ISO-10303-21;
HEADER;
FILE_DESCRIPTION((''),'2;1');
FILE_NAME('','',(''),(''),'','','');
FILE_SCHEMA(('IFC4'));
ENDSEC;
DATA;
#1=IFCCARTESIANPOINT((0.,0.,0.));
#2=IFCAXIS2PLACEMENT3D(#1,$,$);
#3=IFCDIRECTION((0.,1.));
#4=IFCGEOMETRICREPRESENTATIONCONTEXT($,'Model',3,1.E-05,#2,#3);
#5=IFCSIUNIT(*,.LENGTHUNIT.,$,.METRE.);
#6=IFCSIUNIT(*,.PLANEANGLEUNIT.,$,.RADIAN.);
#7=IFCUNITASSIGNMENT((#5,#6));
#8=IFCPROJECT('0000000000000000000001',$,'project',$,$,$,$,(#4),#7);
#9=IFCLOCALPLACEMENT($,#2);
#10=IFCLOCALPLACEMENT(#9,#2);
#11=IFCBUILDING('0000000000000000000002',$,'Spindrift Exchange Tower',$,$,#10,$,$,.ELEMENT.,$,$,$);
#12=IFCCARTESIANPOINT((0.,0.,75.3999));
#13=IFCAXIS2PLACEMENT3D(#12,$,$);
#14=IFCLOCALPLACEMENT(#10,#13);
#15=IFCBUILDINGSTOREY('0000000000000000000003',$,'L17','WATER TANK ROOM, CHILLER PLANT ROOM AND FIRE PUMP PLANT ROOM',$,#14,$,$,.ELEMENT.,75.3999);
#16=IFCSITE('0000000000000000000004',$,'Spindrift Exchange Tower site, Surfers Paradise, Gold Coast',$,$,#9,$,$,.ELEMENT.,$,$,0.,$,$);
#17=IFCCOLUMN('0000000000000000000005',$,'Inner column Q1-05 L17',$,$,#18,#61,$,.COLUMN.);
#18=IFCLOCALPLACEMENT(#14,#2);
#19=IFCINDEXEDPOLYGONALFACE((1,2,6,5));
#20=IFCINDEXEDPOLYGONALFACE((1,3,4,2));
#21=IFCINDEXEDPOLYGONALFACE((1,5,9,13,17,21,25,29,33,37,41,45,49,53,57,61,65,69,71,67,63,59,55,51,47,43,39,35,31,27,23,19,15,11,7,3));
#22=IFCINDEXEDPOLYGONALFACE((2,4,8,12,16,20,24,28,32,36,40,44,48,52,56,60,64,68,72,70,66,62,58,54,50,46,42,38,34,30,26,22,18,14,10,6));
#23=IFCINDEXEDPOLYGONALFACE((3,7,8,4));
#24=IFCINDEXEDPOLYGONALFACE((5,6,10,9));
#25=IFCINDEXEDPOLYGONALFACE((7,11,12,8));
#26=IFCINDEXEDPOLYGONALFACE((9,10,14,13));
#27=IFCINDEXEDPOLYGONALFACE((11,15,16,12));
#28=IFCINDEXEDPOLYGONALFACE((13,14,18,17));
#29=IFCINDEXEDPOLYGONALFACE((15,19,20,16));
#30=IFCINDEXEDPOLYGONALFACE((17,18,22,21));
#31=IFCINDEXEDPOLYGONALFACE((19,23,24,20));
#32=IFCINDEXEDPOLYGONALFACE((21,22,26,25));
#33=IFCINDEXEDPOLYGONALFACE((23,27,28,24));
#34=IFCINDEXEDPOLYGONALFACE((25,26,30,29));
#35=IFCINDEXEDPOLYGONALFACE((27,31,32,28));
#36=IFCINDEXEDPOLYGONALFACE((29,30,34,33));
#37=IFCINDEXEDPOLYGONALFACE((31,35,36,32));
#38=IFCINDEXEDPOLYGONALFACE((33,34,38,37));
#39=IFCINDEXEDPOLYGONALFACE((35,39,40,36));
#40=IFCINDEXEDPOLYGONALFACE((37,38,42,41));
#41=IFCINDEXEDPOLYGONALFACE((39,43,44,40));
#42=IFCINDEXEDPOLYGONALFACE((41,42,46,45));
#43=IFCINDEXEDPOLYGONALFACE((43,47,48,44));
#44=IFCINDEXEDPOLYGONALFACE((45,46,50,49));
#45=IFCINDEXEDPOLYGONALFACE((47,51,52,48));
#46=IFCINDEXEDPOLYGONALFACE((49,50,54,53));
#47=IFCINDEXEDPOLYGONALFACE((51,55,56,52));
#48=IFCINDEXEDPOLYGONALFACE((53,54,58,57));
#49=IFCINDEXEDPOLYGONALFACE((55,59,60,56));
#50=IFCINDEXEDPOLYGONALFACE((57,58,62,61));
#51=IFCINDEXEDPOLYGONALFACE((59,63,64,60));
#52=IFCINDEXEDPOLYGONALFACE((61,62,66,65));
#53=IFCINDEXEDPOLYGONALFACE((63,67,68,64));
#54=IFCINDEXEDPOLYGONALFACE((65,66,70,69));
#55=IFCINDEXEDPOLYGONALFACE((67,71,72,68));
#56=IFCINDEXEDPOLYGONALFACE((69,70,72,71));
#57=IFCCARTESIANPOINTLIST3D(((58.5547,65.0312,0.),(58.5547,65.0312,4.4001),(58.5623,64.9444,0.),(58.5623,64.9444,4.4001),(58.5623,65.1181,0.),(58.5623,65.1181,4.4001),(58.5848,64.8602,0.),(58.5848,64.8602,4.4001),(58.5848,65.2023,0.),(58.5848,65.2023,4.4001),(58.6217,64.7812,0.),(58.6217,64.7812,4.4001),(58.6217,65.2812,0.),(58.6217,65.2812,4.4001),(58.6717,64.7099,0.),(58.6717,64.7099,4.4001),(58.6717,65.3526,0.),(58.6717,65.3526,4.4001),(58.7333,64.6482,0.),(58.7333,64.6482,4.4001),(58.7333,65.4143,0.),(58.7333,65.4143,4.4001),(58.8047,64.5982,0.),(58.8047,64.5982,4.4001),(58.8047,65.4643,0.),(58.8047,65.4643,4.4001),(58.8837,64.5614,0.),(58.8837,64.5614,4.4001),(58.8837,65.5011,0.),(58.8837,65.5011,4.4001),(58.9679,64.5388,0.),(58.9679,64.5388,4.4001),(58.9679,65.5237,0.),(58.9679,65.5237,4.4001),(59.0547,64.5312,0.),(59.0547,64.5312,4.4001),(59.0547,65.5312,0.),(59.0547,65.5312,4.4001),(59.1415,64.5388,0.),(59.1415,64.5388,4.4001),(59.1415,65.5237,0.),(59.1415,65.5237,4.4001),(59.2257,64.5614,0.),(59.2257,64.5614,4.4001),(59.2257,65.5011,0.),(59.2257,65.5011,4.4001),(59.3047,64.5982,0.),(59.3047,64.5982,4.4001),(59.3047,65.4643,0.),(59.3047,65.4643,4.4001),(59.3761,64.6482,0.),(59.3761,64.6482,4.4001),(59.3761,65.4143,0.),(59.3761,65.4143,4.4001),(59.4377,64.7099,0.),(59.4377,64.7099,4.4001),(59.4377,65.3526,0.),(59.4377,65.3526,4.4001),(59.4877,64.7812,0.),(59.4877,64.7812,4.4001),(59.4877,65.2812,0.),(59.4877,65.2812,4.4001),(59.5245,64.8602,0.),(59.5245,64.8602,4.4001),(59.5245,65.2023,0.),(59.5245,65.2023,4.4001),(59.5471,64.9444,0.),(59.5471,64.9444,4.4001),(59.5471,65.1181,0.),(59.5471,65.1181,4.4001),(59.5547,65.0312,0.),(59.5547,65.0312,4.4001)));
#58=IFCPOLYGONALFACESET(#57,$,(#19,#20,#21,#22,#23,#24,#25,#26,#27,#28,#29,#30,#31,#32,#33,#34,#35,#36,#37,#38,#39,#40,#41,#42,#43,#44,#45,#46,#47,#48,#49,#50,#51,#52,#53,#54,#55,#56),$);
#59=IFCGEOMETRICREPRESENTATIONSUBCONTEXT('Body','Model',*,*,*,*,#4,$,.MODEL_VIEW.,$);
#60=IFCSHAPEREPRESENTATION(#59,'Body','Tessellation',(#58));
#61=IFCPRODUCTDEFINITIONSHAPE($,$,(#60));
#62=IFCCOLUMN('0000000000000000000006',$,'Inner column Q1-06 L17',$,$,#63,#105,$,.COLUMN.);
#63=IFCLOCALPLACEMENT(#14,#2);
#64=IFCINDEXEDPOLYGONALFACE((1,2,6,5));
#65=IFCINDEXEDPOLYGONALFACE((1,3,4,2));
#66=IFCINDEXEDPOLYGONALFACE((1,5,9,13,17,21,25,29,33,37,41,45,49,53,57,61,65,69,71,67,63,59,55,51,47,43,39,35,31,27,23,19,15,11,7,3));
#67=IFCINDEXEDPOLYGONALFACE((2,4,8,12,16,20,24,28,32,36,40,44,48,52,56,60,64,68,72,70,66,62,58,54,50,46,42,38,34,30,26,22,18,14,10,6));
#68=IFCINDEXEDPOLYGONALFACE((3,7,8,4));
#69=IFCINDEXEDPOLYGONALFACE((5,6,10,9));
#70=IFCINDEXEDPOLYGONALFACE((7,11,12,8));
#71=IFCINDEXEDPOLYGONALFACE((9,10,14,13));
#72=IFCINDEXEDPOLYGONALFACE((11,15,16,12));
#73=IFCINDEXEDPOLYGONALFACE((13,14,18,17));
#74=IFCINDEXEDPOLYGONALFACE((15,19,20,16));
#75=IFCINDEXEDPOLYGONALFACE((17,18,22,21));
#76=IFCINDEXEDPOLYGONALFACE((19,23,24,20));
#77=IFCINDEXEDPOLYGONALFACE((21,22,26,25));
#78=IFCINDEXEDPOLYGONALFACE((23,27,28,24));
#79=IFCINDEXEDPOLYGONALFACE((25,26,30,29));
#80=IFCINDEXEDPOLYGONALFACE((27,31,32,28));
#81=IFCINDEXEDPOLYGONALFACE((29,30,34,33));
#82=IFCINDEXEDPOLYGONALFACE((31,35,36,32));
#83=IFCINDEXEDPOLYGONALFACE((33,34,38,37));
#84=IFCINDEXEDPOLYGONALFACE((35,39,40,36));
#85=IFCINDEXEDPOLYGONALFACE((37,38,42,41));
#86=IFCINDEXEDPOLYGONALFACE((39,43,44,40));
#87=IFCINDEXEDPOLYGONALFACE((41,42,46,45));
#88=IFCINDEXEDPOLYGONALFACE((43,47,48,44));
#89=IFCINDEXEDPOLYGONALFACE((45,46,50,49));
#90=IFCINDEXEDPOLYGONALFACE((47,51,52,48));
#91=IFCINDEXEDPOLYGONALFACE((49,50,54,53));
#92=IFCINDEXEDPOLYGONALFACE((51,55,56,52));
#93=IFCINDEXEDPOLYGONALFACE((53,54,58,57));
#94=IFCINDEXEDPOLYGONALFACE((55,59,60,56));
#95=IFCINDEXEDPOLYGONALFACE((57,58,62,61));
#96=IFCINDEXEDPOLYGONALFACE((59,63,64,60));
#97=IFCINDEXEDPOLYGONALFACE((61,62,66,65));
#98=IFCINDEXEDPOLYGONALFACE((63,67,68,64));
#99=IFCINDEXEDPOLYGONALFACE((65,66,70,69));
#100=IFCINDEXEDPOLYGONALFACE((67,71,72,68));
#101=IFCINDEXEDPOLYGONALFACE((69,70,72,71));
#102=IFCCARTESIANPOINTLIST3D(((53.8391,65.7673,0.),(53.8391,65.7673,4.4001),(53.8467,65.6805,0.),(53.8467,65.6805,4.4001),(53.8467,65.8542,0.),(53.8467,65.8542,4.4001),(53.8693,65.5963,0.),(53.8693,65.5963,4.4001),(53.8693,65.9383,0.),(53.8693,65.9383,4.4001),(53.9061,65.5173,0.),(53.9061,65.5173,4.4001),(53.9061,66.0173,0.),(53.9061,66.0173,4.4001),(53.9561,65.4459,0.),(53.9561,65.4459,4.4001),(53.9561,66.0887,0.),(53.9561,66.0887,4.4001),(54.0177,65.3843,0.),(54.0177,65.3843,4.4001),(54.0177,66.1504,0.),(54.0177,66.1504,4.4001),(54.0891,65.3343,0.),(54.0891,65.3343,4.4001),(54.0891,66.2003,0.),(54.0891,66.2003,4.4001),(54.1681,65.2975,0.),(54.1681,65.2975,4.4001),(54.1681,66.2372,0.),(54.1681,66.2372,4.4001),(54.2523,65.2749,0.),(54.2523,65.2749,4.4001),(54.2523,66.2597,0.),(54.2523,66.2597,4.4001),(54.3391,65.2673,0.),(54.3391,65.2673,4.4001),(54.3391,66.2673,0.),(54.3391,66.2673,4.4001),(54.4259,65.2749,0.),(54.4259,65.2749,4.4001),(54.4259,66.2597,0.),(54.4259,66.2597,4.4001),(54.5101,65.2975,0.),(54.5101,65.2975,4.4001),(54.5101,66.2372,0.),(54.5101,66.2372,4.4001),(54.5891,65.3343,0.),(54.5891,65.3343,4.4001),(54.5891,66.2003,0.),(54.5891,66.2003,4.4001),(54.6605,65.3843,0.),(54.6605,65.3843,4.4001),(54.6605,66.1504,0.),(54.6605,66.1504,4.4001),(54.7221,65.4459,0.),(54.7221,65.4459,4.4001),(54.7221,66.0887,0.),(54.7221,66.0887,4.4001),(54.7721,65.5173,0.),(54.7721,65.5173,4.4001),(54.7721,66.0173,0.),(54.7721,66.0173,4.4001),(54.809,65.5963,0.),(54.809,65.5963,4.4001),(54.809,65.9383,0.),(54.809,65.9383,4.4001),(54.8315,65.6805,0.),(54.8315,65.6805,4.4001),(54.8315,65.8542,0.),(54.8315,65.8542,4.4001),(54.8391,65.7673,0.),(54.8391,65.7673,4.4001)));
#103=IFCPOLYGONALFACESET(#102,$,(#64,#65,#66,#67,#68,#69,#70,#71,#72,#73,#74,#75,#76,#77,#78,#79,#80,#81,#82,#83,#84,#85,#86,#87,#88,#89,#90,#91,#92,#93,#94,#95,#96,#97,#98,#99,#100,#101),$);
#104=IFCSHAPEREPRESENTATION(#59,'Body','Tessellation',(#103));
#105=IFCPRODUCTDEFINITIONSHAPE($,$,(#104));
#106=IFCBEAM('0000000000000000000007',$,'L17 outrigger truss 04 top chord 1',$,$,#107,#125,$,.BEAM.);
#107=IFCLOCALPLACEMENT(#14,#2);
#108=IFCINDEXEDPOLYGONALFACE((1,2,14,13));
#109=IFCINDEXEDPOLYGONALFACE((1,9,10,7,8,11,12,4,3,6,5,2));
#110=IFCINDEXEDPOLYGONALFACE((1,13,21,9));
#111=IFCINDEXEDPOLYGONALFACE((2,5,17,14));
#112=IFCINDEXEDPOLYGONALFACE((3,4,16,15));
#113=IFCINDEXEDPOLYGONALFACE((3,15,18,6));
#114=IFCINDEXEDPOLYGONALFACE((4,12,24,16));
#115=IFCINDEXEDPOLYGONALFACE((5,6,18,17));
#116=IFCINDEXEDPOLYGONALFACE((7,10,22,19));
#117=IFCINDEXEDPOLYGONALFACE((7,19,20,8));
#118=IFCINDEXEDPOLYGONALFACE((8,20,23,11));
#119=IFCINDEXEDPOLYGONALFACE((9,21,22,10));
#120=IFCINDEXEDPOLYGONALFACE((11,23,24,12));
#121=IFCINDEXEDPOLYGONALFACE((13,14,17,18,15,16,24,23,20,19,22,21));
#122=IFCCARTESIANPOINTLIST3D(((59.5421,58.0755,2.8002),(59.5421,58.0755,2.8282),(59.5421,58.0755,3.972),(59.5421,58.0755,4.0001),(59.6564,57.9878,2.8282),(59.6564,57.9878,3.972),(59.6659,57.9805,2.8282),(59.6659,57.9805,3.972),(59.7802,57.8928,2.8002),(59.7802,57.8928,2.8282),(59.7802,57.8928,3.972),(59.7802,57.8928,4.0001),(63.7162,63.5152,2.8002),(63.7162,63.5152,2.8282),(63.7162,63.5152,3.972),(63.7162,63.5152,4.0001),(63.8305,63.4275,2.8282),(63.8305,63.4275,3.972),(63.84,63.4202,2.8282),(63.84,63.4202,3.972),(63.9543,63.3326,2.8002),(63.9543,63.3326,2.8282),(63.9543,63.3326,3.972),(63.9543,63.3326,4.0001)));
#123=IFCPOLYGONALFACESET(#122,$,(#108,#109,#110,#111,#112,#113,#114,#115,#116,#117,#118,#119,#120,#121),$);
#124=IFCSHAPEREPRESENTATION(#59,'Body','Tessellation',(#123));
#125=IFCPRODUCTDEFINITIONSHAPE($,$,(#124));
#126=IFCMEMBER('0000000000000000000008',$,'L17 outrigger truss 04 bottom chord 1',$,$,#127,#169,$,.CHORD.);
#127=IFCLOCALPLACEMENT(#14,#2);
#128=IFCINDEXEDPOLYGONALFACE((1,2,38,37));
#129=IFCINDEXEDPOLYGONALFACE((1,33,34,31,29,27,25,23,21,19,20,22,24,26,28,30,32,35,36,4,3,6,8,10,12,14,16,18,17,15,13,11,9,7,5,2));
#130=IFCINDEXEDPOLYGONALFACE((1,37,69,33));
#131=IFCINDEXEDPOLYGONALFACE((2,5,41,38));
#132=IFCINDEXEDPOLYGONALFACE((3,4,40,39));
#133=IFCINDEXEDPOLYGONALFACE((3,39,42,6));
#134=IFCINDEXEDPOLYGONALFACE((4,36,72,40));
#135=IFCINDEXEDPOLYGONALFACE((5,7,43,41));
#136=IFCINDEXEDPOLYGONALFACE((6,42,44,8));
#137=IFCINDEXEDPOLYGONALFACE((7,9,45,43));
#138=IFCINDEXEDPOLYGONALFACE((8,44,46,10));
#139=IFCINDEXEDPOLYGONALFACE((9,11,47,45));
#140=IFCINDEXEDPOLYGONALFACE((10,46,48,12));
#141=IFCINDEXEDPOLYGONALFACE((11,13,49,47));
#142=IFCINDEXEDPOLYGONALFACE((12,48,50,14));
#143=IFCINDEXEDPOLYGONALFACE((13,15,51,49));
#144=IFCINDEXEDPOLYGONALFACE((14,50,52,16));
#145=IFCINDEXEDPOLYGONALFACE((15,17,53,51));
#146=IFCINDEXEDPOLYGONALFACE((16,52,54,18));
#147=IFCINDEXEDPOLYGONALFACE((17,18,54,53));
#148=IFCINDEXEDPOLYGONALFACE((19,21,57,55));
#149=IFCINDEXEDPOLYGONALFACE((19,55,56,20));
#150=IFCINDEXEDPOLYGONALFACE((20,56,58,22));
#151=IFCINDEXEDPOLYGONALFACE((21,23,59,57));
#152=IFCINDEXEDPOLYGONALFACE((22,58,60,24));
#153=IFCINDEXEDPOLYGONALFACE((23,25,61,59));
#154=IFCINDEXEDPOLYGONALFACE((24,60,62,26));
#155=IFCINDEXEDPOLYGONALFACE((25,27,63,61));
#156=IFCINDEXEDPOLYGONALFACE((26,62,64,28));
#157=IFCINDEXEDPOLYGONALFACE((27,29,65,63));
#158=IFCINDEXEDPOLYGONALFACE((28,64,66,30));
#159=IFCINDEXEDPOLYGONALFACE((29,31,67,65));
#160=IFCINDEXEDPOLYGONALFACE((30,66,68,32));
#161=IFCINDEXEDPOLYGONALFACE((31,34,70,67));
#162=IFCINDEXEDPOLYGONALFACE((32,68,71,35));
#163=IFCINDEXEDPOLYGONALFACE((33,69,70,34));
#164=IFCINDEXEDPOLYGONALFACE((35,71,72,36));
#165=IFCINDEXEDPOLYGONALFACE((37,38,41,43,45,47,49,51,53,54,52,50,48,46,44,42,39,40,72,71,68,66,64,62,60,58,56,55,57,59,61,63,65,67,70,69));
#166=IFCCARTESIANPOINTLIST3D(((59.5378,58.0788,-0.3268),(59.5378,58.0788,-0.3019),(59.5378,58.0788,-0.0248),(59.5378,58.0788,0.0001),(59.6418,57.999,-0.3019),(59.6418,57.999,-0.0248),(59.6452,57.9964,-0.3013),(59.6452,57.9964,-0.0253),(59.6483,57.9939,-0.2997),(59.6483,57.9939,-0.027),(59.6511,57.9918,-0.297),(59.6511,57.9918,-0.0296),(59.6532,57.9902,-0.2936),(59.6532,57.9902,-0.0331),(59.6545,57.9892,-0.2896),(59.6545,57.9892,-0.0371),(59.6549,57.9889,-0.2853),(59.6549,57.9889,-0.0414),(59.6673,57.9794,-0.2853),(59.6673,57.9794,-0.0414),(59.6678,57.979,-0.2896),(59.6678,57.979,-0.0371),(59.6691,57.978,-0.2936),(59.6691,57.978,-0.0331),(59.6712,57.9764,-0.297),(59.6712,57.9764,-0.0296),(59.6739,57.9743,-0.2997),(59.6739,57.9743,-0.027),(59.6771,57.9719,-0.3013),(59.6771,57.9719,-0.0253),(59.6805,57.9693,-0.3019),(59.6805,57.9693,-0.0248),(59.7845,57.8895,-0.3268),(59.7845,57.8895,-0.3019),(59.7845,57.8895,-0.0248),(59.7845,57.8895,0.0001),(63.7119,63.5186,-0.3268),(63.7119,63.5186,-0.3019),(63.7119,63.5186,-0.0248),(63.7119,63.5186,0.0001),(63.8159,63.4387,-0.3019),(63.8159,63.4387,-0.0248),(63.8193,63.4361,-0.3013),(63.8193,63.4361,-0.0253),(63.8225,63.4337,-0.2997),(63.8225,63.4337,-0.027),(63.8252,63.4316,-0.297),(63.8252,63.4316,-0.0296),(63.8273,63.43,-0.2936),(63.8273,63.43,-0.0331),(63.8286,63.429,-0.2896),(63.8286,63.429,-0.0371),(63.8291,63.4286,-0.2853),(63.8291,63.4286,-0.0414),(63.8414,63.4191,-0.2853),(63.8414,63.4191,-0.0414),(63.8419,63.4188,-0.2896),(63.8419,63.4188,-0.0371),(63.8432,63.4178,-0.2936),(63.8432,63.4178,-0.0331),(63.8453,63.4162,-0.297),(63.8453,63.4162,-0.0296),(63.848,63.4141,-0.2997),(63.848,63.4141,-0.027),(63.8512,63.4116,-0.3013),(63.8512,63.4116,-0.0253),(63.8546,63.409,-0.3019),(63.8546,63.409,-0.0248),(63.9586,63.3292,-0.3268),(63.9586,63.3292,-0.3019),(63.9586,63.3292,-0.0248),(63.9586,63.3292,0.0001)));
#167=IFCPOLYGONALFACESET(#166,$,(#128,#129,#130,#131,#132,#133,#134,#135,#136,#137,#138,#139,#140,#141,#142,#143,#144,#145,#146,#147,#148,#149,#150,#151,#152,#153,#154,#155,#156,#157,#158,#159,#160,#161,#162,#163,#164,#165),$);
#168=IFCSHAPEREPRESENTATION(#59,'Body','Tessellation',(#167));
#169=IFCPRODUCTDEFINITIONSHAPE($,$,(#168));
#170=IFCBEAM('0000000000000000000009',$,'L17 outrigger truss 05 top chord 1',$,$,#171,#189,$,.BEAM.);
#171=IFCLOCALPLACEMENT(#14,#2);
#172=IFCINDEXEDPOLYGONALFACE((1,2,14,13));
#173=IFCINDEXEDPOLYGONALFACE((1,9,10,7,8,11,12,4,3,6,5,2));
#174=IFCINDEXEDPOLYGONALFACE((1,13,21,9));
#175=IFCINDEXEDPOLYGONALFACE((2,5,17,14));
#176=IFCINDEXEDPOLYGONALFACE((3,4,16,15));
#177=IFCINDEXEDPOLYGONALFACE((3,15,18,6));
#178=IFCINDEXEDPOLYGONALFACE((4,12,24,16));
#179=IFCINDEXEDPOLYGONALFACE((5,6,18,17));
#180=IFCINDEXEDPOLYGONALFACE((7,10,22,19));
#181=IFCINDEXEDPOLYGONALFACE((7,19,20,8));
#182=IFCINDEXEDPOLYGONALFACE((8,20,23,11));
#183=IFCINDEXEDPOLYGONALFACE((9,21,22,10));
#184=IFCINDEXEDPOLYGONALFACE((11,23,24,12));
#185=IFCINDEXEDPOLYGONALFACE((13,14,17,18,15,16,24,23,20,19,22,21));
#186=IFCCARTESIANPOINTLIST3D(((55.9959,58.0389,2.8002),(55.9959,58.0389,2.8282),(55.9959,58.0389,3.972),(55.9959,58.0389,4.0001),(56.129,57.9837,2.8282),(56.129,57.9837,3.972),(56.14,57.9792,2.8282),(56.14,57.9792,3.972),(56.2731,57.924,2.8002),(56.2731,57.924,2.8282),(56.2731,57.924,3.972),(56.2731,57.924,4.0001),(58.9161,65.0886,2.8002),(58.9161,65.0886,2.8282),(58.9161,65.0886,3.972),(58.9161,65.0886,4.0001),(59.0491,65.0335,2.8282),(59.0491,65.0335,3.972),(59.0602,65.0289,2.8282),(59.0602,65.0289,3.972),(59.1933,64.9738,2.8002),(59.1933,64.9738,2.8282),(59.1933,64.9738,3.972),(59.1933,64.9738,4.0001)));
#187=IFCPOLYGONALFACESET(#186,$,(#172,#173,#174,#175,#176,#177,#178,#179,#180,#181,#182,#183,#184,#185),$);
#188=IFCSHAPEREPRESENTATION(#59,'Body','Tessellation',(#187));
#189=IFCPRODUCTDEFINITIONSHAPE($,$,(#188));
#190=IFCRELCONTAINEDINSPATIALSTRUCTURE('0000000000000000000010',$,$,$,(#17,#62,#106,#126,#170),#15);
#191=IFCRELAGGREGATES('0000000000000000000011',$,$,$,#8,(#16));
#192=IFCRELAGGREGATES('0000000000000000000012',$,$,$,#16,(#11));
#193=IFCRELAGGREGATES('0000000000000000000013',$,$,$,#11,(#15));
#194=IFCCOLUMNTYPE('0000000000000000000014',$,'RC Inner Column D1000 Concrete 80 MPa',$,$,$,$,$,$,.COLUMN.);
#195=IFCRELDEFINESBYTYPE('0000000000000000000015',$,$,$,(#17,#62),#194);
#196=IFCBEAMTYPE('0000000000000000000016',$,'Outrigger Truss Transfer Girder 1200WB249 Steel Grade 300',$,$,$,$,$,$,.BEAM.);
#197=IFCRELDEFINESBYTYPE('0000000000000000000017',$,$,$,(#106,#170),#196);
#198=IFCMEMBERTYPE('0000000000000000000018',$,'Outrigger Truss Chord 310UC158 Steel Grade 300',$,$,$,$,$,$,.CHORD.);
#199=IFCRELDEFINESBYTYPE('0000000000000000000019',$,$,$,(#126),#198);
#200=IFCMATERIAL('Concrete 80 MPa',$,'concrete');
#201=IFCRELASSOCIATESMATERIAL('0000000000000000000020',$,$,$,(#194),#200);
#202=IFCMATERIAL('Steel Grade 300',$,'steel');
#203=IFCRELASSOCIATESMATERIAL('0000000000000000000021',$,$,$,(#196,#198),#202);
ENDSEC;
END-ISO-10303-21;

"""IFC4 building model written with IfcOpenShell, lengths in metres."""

from ifc_helpers import new_model, si_unit, direction, frame, origin, origin_2d, place, context, subcontext, project, spatial, circle, i_section, extrude, source, transform, mapped, material, material_profile, profile_set, type_object, element, save


model = new_model("IFC4")

# Units and contexts
model_context = context("Model", 3, precision=1e-05, world=origin(), true_north=direction((0.0, 1.0)))
body_context = subcontext(model_context, "Body", "Model", "MODEL_VIEW")
ifc_project = project(units=[si_unit("LENGTHUNIT", "METRE"), si_unit("PLANEANGLEUNIT", "RADIAN")], contexts=[model_context])

# Site, building, storey
site_placement = place(None, origin())
site = spatial("IfcSite", under=ifc_project, at=site_placement, Name="Spindrift Exchange Tower site, Surfers Paradise, Gold Coast", CompositionType="ELEMENT", RefElevation=0.0)
building_placement = place(site_placement, origin())
building = spatial("IfcBuilding", under=site, at=building_placement, Name="Spindrift Exchange Tower", CompositionType="ELEMENT")
storey_placement = place(building_placement, frame((0.0, 0.0, 75.3999)))
storey = spatial("IfcBuildingStorey", under=building, at=storey_placement, Name="L17", Description="WATER TANK ROOM, CHILLER PLANT ROOM AND FIRE PUMP PLANT ROOM", CompositionType="ELEMENT", Elevation=75.3999)

# Columns
ifc_material_1 = material(Name="Concrete 80 MPa", Category="concrete")
ifc_material_profile_1 = material_profile(ifc_material_1, circle(Radius=0.5, at=origin_2d()), Name="RC D1000")
ifc_profile_set_1 = profile_set([ifc_material_profile_1], Name="Concrete 80 MPa")
column_type = type_object("IfcColumnType", Name="RC Inner Column D1000 Concrete 80 MPa", PredefinedType="COLUMN", material=ifc_profile_set_1)
shared_shape_1 = source(origin(), body_context, "Body", "SweptSolid", [
    extrude(circle(Radius=0.5, at=origin_2d()), origin(), (0.0, 0.0, 1.0), 4.4001),
])
for number, where, z_axis, x_axis, name in (
    (1, (59.0547, 65.0312, 0.0), (0.0, 0.0, 1.0), (1.0, 0.0, 0.0), "Inner column Q1-05 L17"),
    (2, (54.3391, 65.7673, 0.0), (0.0, 0.0, 1.0), (1.0, 0.0, 0.0), "Inner column Q1-06 L17"),
):
    element("IfcColumn", number, at=place(storey_placement, frame(where, z_axis=z_axis, x_axis=x_axis)), inside=storey, type_object=column_type, Name=name, PredefinedType="COLUMN", context=body_context, shape_type="MappedRepresentation", body=[
        mapped(shared_shape_1, transform((0.0, 0.0, 0.0), scale=1.0)),
    ])

# Beam
ifc_material_2 = material(Name="Steel Grade 300", Category="steel")
ifc_material_profile_2 = material_profile(ifc_material_2, i_section(OverallWidth=0.3, OverallDepth=1.2, WebThickness=0.012, FlangeThickness=0.0281, at=origin_2d()), Name="1200WB249")
ifc_profile_set_2 = profile_set([ifc_material_profile_2], Name="Steel Grade 300")
beam_type = type_object("IfcBeamType", Name="Outrigger Truss Transfer Girder 1200WB249 Steel Grade 300", PredefinedType="BEAM", material=ifc_profile_set_2)
shared_shape_2 = source(origin(), body_context, "Body", "SweptSolid", [
    extrude(i_section(OverallWidth=0.3, OverallDepth=1.2, WebThickness=0.012, FlangeThickness=0.0281, at=origin_2d()), origin(), (0.0, 0.0, 1.0), 6.8567),
])
beam_1_placement = place(storey_placement, frame((59.6611, 57.9841, 3.4001), z_axis=(0.608766, 0.79335, 0.0), x_axis=(-0.79335, 0.608766, 0.0)))
element("IfcBeam", 3, at=beam_1_placement, inside=storey, type_object=beam_type, Name="L17 outrigger truss 04 top chord 1", PredefinedType="BEAM", context=body_context, shape_type="MappedRepresentation", body=[
    mapped(shared_shape_2, transform((0.0, 0.0, 0.0), scale=1.0)),
])

# Member
ifc_material_profile_3 = material_profile(ifc_material_2, i_section(OverallWidth=0.311, OverallDepth=0.3269, WebThickness=0.0156, FlangeThickness=0.0249, FilletRadius=0.0166, at=origin_2d()), Name="310UC158")
ifc_profile_set_3 = profile_set([ifc_material_profile_3], Name="Steel Grade 300")
member_type_1 = type_object("IfcMemberType", Name="Outrigger Truss Chord 310UC158 Steel Grade 300", PredefinedType="CHORD", material=ifc_profile_set_3)
shared_shape_3 = source(origin(), body_context, "Body", "SweptSolid", [
    extrude(i_section(OverallWidth=0.311, OverallDepth=0.3269, WebThickness=0.0156, FlangeThickness=0.0249, FilletRadius=0.0166, at=origin_2d()), origin(), (0.0, 0.0, 1.0), 6.8567),
])
member_1_placement = place(storey_placement, frame((59.6611, 57.9841, -0.1633), z_axis=(0.608766, 0.79335, 0.0), x_axis=(-0.79335, 0.608766, 0.0)))
element("IfcMember", 4, at=member_1_placement, inside=storey, type_object=member_type_1, Name="L17 outrigger truss 04 bottom chord 1", PredefinedType="CHORD", context=body_context, shape_type="MappedRepresentation", body=[
    mapped(shared_shape_3, transform((0.0, 0.0, 0.0), scale=1.0)),
])

# Beam
shared_shape_4 = source(origin(), body_context, "Body", "SweptSolid", [
    extrude(i_section(OverallWidth=0.3, OverallDepth=1.2, WebThickness=0.012, FlangeThickness=0.0281, at=origin_2d()), origin(), (0.0, 0.0, 1.0), 7.6306),
])
beam_2_placement = place(storey_placement, frame((56.1345, 57.9814, 3.4001), z_axis=(0.382688, 0.923878, 0.0), x_axis=(-0.923878, 0.382688, 0.0)))
element("IfcBeam", 5, at=beam_2_placement, inside=storey, type_object=beam_type, Name="L17 outrigger truss 05 top chord 1", PredefinedType="BEAM", context=body_context, shape_type="MappedRepresentation", body=[
    mapped(shared_shape_4, transform((0.0, 0.0, 0.0), scale=1.0)),
])

save(model, "model.ifc")
